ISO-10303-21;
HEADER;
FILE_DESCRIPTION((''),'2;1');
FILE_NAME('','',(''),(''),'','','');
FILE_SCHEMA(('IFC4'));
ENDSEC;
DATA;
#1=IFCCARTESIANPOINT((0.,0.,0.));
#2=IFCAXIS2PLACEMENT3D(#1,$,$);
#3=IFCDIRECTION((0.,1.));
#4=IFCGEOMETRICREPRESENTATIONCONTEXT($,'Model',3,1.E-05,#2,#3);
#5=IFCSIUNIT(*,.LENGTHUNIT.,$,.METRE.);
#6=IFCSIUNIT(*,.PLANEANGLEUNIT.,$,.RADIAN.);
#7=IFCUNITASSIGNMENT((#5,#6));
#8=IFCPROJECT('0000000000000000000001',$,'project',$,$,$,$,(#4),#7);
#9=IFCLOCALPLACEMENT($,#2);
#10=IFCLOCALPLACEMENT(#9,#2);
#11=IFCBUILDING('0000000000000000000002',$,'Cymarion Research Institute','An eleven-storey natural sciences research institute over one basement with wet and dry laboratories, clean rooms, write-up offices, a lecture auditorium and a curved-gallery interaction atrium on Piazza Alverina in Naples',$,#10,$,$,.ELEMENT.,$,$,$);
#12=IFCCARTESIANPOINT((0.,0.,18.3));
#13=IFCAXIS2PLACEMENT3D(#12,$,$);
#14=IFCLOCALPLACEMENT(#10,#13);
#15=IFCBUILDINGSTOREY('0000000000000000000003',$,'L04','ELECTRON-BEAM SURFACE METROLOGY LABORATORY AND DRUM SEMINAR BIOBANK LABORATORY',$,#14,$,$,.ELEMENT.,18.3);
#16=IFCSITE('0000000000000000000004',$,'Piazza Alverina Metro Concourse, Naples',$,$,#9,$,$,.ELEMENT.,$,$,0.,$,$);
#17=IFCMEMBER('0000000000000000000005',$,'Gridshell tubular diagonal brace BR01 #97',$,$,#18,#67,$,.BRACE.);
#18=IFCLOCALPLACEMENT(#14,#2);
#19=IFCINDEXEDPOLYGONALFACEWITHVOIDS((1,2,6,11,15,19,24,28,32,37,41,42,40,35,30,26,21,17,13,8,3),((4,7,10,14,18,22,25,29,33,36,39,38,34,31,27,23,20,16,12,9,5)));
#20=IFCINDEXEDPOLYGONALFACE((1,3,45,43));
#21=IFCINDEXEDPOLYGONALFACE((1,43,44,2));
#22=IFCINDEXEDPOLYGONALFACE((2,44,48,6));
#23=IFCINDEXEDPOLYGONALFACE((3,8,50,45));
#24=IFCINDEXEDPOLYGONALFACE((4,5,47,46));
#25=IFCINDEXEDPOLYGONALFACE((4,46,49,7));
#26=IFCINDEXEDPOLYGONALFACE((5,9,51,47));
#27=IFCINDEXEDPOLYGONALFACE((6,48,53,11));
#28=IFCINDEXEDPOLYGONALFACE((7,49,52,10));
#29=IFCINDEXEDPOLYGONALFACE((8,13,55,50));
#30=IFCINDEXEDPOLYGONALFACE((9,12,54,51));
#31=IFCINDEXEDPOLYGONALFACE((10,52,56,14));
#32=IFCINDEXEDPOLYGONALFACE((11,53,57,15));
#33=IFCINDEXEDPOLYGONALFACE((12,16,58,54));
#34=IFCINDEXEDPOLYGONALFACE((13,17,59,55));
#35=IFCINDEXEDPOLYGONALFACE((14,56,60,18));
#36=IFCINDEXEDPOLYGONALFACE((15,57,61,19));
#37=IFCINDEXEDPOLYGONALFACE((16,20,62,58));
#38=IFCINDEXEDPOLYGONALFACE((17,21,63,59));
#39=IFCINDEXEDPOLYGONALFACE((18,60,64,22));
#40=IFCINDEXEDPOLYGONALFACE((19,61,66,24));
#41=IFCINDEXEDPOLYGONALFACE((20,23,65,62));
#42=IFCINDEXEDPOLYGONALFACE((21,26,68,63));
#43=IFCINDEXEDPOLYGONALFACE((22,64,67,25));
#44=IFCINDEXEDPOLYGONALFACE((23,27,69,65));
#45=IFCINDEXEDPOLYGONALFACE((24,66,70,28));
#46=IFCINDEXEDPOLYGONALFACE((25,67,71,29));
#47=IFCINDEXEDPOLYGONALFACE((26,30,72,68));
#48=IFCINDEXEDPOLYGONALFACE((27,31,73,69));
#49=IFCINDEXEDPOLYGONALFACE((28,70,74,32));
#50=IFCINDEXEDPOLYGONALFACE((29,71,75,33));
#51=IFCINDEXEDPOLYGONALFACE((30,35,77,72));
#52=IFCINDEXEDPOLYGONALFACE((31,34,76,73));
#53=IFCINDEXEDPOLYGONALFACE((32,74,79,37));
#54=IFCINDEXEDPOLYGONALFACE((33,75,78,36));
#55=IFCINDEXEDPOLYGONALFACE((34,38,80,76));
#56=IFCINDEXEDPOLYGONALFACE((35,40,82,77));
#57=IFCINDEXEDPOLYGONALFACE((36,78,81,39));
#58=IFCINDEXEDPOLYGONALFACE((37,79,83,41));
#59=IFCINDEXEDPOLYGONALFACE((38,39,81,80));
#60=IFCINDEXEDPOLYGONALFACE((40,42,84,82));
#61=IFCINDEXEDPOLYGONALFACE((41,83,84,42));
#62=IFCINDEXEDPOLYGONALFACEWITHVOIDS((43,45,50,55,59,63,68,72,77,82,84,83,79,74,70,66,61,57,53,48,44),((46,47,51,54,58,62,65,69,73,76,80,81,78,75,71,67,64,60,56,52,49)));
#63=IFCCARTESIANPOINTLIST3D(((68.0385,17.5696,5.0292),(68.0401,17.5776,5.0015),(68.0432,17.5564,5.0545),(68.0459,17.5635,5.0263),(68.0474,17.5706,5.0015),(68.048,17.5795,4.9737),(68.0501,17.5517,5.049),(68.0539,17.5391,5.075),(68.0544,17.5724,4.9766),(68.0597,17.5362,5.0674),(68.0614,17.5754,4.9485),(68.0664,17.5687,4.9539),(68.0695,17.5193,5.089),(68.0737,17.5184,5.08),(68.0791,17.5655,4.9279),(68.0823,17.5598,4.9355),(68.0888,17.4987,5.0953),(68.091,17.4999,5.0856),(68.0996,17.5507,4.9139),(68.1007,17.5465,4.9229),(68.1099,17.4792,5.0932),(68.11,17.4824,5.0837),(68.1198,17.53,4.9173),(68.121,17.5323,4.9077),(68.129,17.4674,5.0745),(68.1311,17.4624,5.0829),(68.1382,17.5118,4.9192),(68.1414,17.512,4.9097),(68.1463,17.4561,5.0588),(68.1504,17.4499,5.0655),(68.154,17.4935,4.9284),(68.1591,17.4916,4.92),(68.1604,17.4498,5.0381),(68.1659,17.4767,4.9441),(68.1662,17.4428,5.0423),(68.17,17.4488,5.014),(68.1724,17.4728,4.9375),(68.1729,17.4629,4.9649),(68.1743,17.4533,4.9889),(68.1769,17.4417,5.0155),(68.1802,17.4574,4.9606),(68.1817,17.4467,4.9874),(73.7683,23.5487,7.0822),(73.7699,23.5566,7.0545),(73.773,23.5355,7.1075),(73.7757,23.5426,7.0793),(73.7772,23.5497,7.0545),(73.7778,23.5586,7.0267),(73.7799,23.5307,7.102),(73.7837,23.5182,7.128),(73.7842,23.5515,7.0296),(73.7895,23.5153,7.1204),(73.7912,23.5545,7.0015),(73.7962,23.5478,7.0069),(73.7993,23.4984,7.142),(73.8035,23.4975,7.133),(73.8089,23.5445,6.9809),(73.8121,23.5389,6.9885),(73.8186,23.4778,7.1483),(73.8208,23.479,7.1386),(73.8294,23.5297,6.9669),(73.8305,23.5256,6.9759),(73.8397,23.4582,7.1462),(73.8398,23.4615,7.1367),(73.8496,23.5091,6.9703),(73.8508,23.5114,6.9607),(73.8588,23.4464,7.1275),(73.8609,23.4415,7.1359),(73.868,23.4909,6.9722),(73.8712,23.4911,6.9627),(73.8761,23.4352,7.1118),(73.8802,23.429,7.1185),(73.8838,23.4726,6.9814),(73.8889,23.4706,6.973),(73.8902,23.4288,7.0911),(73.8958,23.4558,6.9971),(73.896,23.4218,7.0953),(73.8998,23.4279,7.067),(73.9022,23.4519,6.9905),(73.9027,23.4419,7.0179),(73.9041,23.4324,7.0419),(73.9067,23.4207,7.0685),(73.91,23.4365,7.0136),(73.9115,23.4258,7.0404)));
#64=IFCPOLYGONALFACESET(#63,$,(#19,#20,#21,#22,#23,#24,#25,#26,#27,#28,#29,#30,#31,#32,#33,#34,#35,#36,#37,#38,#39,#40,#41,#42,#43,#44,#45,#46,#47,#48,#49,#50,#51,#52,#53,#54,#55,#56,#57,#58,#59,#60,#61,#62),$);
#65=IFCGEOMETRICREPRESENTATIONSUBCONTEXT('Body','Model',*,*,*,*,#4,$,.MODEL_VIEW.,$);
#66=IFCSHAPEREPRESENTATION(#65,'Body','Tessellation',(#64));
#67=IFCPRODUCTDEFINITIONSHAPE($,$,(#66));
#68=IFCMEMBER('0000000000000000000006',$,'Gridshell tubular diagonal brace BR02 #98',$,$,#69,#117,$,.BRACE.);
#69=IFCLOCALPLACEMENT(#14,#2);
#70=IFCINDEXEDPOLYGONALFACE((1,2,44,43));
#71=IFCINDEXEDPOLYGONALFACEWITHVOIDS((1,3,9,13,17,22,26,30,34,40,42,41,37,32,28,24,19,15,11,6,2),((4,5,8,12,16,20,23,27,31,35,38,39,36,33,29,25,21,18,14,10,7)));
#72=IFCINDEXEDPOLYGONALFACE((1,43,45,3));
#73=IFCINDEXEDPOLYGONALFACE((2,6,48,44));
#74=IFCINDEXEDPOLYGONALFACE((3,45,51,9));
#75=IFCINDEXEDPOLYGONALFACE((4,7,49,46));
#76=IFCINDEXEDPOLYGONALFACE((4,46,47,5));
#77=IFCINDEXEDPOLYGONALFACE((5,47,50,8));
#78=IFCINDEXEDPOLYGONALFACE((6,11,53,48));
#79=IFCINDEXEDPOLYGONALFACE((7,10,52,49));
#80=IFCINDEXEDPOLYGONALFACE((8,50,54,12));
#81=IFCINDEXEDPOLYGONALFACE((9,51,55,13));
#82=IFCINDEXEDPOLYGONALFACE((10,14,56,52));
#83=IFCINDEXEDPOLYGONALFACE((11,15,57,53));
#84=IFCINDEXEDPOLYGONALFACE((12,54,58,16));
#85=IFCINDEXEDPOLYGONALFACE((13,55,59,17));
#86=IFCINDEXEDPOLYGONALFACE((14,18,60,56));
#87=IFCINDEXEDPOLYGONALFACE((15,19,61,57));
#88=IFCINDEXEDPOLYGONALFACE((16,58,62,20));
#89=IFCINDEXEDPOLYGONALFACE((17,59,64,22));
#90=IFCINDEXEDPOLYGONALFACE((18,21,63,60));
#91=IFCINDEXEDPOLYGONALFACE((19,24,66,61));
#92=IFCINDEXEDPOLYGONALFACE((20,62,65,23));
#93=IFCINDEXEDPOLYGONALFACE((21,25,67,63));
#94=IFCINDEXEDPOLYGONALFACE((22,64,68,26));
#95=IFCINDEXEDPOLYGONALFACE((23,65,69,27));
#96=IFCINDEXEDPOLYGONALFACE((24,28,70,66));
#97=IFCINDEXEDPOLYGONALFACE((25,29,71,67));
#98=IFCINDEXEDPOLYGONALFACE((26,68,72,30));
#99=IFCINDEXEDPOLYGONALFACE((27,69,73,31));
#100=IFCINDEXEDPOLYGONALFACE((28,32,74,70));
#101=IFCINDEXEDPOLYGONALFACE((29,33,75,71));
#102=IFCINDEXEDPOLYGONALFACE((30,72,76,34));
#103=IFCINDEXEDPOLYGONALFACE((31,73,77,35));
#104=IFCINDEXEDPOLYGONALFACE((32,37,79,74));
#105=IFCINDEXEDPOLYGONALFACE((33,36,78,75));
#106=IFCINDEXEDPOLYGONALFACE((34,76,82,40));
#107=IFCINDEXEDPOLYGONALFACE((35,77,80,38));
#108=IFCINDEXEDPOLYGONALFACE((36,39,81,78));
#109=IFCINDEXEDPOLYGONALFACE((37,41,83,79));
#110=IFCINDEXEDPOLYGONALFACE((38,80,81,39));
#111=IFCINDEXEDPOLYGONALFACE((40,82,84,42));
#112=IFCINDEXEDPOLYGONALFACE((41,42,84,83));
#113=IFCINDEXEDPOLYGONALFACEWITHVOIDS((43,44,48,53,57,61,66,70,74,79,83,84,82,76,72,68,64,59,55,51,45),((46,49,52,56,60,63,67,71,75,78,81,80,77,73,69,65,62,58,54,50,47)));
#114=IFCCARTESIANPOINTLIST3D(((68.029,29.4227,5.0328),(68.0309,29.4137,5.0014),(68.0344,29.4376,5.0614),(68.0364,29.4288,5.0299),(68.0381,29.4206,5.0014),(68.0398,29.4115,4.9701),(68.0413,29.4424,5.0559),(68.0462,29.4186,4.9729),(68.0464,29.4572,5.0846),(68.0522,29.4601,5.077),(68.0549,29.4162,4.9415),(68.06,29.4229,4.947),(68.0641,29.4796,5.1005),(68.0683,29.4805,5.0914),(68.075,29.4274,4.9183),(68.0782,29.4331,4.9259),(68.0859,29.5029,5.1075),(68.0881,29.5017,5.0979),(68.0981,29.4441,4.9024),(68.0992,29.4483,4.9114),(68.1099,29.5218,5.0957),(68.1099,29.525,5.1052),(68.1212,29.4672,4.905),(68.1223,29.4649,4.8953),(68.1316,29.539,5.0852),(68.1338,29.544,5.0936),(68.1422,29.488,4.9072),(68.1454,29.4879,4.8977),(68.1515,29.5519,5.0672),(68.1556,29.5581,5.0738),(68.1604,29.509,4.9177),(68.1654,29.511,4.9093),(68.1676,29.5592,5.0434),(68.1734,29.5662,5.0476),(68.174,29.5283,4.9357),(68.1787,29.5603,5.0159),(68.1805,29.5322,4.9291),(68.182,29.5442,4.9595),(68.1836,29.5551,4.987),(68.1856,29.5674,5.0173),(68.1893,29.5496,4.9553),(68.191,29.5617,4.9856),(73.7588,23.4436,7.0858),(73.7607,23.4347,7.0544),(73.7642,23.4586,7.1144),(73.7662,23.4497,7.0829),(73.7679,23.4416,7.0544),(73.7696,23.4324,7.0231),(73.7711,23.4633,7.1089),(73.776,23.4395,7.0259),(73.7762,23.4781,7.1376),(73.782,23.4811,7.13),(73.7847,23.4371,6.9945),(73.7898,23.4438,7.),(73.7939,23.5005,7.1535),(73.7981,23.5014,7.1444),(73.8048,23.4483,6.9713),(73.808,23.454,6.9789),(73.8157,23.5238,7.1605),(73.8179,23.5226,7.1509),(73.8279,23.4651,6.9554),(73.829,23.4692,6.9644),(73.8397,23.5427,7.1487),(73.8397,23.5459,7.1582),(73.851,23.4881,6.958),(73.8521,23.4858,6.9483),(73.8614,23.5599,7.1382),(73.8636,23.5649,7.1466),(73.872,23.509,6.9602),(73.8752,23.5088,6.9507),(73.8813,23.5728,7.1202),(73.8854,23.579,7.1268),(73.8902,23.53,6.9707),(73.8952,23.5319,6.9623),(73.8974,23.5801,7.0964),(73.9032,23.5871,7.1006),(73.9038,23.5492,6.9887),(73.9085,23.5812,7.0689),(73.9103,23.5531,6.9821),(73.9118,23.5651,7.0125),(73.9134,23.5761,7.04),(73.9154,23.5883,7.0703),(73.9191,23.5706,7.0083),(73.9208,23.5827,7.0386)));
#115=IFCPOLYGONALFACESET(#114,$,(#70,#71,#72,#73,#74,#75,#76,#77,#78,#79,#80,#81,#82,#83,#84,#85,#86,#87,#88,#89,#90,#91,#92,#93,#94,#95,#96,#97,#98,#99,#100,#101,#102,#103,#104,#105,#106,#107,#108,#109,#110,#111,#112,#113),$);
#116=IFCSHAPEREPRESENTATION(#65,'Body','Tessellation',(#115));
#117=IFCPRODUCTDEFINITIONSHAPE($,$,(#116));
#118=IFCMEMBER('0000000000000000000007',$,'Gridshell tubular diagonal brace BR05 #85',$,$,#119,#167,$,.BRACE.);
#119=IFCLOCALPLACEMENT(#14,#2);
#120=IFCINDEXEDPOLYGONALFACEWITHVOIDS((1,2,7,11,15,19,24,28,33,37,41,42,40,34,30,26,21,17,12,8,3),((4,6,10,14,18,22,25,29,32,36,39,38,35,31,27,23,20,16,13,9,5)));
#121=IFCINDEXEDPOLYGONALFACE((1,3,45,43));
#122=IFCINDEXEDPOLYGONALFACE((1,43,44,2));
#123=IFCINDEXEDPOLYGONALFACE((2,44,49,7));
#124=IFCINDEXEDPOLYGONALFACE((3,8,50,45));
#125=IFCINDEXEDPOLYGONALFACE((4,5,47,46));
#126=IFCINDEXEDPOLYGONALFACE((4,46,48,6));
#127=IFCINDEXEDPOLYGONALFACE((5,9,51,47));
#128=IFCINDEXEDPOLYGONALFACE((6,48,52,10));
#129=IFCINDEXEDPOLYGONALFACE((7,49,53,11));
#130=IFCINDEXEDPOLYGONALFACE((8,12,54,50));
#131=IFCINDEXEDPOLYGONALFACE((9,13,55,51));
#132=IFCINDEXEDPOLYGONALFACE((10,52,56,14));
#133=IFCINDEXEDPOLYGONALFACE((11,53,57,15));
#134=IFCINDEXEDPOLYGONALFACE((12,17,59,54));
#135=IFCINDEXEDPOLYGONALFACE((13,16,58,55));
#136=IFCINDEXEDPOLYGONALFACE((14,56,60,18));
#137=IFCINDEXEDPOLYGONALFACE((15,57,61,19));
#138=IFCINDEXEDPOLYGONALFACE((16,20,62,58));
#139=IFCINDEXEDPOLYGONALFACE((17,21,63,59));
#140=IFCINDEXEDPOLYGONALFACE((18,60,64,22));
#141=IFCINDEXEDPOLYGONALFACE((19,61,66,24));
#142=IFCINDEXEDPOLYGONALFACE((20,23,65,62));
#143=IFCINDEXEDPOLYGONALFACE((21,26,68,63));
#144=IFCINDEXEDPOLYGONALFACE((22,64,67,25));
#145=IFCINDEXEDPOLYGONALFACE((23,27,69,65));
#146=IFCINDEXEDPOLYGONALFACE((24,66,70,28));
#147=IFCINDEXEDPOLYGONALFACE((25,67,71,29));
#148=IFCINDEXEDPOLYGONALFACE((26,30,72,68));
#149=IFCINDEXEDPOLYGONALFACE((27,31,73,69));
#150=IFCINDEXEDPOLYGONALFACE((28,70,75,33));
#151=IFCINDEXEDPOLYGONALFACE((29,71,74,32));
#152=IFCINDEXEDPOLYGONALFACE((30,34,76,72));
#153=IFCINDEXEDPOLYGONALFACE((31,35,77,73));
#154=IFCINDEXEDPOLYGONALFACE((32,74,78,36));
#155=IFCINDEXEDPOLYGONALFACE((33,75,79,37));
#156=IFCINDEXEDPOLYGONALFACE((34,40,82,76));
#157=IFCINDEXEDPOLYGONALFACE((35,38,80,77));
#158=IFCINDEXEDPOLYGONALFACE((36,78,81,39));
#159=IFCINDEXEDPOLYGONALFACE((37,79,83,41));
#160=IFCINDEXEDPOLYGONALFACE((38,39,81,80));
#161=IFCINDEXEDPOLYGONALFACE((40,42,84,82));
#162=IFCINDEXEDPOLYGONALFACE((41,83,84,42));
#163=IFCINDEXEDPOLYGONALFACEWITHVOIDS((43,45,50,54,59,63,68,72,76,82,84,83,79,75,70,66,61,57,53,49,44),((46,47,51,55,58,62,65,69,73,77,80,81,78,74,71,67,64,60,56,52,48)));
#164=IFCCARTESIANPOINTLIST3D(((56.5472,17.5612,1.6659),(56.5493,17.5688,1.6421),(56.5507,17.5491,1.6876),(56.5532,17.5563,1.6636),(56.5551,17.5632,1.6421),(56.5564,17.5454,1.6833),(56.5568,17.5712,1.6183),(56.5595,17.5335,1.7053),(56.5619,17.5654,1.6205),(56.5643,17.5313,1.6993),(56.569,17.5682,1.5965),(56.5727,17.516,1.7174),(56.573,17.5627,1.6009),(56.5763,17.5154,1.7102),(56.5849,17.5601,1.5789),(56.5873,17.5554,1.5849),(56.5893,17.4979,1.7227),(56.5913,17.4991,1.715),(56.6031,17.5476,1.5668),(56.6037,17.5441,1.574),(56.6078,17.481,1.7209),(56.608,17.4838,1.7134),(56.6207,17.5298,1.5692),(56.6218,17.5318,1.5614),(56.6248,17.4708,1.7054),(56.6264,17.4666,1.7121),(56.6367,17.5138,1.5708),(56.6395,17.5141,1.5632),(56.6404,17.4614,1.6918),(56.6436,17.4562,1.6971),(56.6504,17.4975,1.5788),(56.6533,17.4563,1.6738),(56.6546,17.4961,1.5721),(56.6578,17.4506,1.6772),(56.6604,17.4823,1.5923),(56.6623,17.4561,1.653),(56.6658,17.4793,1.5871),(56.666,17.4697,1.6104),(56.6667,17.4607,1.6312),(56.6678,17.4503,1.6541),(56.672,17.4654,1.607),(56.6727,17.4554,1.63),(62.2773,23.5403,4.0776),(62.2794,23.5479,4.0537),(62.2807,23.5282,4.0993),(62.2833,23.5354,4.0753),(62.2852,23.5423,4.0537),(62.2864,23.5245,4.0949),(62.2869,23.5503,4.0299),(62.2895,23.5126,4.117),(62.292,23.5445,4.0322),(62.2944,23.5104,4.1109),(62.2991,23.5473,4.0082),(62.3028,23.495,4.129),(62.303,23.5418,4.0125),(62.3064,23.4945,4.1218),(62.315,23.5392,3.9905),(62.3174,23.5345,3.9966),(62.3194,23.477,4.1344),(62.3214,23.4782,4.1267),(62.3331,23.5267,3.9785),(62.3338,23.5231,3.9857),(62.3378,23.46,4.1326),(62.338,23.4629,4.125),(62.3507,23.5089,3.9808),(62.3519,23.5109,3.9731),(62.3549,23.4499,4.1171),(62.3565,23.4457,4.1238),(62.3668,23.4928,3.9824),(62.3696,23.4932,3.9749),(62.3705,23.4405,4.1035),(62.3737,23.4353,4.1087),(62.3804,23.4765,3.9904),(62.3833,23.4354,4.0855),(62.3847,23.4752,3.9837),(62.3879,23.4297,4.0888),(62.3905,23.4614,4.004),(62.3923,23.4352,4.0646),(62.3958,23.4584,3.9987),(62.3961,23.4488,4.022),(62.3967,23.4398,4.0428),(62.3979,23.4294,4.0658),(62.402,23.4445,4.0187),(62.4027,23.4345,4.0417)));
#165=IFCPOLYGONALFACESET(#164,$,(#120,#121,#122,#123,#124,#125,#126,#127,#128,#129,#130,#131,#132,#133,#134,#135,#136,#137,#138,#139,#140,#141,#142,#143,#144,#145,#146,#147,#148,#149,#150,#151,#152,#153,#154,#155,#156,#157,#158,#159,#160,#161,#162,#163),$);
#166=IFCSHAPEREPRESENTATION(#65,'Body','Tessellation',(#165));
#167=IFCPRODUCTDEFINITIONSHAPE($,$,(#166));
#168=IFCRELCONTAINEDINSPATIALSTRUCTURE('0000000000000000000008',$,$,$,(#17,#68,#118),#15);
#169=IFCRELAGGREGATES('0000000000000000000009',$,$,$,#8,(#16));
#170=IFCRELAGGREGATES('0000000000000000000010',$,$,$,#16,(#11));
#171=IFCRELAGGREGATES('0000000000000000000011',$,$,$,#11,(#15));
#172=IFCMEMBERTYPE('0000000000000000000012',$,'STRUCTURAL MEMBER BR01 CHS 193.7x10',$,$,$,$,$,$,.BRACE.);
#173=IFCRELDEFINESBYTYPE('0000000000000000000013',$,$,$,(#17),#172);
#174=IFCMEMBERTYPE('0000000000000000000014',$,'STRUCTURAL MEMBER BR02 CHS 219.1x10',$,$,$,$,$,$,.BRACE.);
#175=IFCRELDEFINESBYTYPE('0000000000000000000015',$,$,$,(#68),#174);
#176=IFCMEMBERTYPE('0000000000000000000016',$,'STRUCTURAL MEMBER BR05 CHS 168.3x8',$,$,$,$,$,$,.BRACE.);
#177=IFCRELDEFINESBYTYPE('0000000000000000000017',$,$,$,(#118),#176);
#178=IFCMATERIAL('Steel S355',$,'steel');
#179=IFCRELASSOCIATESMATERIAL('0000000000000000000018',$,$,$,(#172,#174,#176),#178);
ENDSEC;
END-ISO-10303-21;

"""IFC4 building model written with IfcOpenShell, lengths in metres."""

from ifc_helpers import new_model, si_unit, direction, frame, origin, origin_2d, place, context, subcontext, project, spatial, hollow_circle, extrude, material, material_profile, profile_set, type_object, element, save


model = new_model("IFC4")

# Units and contexts
model_context = context("Model", 3, precision=1e-05, world=origin(), true_north=direction((0.0, 1.0)))
body_context = subcontext(model_context, "Body", "Model", "MODEL_VIEW")
ifc_project = project(units=[si_unit("LENGTHUNIT", "METRE"), si_unit("PLANEANGLEUNIT", "RADIAN")], contexts=[model_context])

# Site, building, storey
site_placement = place(None, origin())
site = spatial("IfcSite", under=ifc_project, at=site_placement, Name="Piazza Alverina Metro Concourse, Naples", CompositionType="ELEMENT", RefElevation=0.0)
building_placement = place(site_placement, origin())
building = spatial("IfcBuilding", under=site, at=building_placement, Name="Cymarion Research Institute", Description="An eleven-storey natural sciences research institute over one basement with wet and dry laboratories, clean rooms, write-up offices, a lecture auditorium and a curved-gallery interaction atrium on Piazza Alverina in Naples", CompositionType="ELEMENT")
storey_placement = place(building_placement, frame((0.0, 0.0, 18.3)))
storey = spatial("IfcBuildingStorey", under=building, at=storey_placement, Name="L04", Description="ELECTRON-BEAM SURFACE METROLOGY LABORATORY AND DRUM SEMINAR BIOBANK LABORATORY", CompositionType="ELEMENT", Elevation=18.3)

# Shared definitions
ifc_material_1 = material(Name="Steel S355", Category="steel")

# Members
ifc_material_profile_1 = material_profile(ifc_material_1, hollow_circle(Radius=0.0969, WallThickness=0.01, at=origin_2d()), Name="CHS 193.7x10")
ifc_profile_set_1 = profile_set([ifc_material_profile_1], Name="Steel S355")
member_type_1 = type_object("IfcMemberType", Name="STRUCTURAL MEMBER BR01 CHS 193.7x10", PredefinedType="BRACE", material=ifc_profile_set_1)
member_1_placement = place(storey_placement, frame((68.1101, 17.5105, 5.0015), z_axis=(0.671567, 0.700783, 0.240624), x_axis=(-0.721997, 0.691896, 0.0)))
element("IfcMember", 1, at=member_1_placement, inside=storey, type_object=member_type_1, Name="Gridshell tubular diagonal brace BR01 #97", PredefinedType="BRACE", context=body_context, shape_type="SweptSolid", body=[
    extrude(hollow_circle(Radius=0.0969, WallThickness=0.01, at=origin_2d()), origin(), (0.0, 0.0, 1.0), 8.532),
])
ifc_material_profile_2 = material_profile(ifc_material_1, hollow_circle(Radius=0.1096, WallThickness=0.01, at=origin_2d()), Name="CHS 219.1x10")
ifc_profile_set_2 = profile_set([ifc_material_profile_2], Name="Steel S355")
member_type_2 = type_object("IfcMemberType", Name="STRUCTURAL MEMBER BR02 CHS 219.1x10", PredefinedType="BRACE", material=ifc_profile_set_2)
member_2_placement = place(storey_placement, frame((73.8398, 23.5105, 7.0544), z_axis=(-0.671567, 0.700783, -0.240624), x_axis=(-0.721997, -0.691896, 0.0)))
element("IfcMember", 2, at=member_2_placement, inside=storey, type_object=member_type_2, Name="Gridshell tubular diagonal brace BR02 #98", PredefinedType="BRACE", context=body_context, shape_type="SweptSolid", body=[
    extrude(hollow_circle(Radius=0.1096, WallThickness=0.01, at=origin_2d()), origin(), (0.0, 0.0, 1.0), 8.532),
])
ifc_material_profile_3 = material_profile(ifc_material_1, hollow_circle(Radius=0.0842, WallThickness=0.0081, at=origin_2d()), Name="CHS 168.3x8")
ifc_profile_set_3 = profile_set([ifc_material_profile_3], Name="Steel S355")
member_type_3 = type_object("IfcMemberType", Name="STRUCTURAL MEMBER BR05 CHS 168.3x8", PredefinedType="BRACE", material=ifc_profile_set_3)
member_3_placement = place(storey_placement, frame((56.6101, 17.5105, 1.6421), z_axis=(0.664317, 0.693188, 0.279596), x_axis=(-0.721982, 0.691912, 0.0)))
element("IfcMember", 3, at=member_3_placement, inside=storey, type_object=member_type_3, Name="Gridshell tubular diagonal brace BR05 #85", PredefinedType="BRACE", context=body_context, shape_type="SweptSolid", body=[
    extrude(hollow_circle(Radius=0.0842, WallThickness=0.0081, at=origin_2d()), origin(), (0.0, 0.0, 1.0), 8.6255),
])

save(model, "model.ifc")
